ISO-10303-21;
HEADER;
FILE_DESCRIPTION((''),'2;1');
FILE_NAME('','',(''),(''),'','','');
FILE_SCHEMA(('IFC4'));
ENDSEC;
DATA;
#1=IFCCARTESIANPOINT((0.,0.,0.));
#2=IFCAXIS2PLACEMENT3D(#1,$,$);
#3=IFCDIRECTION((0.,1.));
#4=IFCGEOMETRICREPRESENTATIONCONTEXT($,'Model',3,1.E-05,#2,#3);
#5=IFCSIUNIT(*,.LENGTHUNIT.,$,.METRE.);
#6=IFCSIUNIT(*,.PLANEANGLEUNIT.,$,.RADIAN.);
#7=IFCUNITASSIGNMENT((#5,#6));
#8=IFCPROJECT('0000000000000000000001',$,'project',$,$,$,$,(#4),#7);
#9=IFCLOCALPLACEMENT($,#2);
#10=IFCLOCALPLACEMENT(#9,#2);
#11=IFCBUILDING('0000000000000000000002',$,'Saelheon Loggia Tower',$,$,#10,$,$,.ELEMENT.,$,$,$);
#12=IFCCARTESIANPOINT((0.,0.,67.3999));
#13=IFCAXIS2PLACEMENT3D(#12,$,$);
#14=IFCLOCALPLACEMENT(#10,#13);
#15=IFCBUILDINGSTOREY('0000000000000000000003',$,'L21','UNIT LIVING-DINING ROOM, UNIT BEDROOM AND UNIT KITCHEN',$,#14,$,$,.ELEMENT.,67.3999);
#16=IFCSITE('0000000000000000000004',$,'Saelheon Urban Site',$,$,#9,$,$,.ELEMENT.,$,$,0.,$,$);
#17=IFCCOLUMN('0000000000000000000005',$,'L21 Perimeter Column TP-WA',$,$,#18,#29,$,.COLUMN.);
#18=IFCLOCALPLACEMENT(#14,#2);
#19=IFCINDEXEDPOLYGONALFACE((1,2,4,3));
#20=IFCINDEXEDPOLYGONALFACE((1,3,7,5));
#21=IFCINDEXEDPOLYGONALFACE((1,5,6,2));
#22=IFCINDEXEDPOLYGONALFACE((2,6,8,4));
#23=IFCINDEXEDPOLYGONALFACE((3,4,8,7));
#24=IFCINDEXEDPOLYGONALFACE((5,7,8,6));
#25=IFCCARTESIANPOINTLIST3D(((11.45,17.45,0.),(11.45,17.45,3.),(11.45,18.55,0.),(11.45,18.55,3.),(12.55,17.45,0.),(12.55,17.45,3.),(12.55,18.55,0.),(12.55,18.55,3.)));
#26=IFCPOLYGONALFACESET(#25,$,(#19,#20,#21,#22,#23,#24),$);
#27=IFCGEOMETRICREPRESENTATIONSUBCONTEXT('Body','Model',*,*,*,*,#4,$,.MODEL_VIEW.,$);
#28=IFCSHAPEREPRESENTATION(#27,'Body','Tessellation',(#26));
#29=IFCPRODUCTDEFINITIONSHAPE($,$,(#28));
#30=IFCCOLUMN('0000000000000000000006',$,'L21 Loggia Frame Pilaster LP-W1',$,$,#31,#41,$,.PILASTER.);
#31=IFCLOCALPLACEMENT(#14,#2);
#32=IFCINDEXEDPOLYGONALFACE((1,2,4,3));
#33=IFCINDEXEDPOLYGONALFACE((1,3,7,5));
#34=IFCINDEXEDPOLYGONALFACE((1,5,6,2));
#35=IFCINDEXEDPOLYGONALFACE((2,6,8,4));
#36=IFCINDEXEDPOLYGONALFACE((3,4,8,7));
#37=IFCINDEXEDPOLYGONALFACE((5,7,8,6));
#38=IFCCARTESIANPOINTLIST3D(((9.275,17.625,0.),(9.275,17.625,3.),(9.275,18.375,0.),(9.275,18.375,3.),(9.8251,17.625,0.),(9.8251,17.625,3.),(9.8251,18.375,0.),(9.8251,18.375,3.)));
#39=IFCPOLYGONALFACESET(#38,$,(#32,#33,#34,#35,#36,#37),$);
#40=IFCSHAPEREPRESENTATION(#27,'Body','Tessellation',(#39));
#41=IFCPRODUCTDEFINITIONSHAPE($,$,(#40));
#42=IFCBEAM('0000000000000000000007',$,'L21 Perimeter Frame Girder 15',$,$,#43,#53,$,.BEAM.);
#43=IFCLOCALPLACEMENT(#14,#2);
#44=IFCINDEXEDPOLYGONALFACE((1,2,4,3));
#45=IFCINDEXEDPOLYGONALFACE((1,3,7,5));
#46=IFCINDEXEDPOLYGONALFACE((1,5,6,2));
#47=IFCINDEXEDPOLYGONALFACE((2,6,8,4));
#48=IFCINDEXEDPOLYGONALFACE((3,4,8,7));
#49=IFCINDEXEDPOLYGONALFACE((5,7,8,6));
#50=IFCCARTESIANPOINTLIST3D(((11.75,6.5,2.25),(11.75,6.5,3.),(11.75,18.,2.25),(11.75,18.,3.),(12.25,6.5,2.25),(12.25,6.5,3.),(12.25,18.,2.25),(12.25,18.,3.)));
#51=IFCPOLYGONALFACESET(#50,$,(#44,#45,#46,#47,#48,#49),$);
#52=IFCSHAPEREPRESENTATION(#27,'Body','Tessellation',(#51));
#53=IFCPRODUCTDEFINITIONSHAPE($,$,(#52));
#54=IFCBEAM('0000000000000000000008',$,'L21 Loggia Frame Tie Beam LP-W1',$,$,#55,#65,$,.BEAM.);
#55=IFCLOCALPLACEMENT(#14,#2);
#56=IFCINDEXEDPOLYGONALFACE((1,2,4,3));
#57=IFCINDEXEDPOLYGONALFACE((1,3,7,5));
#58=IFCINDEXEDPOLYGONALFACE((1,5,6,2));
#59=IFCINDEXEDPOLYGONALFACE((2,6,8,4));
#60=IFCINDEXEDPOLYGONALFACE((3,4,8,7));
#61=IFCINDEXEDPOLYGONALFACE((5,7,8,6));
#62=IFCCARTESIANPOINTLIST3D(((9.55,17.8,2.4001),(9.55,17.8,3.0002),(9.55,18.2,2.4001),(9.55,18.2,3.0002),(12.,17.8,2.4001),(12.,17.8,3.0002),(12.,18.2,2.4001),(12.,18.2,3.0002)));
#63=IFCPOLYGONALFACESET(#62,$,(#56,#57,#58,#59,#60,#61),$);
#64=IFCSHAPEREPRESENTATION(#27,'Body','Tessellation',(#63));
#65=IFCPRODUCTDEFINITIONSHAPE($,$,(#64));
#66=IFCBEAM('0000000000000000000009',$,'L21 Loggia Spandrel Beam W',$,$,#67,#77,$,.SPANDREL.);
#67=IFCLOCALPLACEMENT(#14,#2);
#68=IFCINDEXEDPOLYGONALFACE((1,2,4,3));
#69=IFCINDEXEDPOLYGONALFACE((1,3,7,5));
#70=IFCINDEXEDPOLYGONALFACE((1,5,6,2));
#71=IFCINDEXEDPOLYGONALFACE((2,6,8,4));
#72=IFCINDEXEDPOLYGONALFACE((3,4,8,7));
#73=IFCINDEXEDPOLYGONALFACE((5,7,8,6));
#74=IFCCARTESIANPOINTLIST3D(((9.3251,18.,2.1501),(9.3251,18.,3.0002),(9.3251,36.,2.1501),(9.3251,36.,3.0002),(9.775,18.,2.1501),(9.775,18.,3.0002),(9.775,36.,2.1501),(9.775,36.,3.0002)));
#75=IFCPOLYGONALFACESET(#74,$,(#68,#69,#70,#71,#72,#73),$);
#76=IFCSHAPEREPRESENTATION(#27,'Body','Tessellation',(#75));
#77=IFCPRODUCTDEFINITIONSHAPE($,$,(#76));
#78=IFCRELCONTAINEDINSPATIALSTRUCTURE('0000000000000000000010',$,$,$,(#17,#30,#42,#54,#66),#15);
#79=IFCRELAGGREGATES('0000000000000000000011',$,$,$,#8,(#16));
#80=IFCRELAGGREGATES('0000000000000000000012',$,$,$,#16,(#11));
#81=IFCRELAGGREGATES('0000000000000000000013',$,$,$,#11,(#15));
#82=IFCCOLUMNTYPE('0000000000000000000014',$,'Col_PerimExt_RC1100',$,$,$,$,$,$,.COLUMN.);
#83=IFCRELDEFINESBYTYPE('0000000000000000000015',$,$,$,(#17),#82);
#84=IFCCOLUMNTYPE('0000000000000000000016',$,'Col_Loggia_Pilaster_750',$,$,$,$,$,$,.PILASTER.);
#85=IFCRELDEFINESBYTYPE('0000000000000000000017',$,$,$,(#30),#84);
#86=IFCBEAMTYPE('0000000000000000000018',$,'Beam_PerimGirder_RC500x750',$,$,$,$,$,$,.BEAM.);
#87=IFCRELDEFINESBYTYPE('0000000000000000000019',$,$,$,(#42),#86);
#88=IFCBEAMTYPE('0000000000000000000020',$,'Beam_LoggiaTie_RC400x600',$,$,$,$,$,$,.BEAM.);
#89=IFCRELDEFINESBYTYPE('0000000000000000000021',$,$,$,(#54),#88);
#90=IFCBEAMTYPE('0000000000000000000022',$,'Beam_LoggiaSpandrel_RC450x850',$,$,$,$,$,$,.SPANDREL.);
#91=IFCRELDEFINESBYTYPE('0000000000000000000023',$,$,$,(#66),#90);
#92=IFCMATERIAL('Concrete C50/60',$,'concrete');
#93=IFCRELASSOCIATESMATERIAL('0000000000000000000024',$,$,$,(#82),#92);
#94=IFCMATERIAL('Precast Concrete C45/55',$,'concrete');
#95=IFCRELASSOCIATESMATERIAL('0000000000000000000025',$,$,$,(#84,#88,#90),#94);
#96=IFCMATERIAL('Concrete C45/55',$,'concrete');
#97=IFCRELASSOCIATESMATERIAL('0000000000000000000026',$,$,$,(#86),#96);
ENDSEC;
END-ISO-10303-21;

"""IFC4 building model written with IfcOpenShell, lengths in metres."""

from ifc_helpers import new_model, si_unit, direction, frame, origin, origin_2d, place, context, subcontext, project, spatial, rectangle, extrude, source, transform, mapped, material, material_profile, profile_set, type_object, element, save


model = new_model("IFC4")

# Units and contexts
model_context = context("Model", 3, precision=1e-05, world=origin(), true_north=direction((0.0, 1.0)))
body_context = subcontext(model_context, "Body", "Model", "MODEL_VIEW")
ifc_project = project(units=[si_unit("LENGTHUNIT", "METRE"), si_unit("PLANEANGLEUNIT", "RADIAN")], contexts=[model_context])

# Site, building, storey
site_placement = place(None, origin())
site = spatial("IfcSite", under=ifc_project, at=site_placement, Name="Saelheon Urban Site", CompositionType="ELEMENT", RefElevation=0.0)
building_placement = place(site_placement, origin())
building = spatial("IfcBuilding", under=site, at=building_placement, Name="Saelheon Loggia Tower", CompositionType="ELEMENT")
storey_placement = place(building_placement, frame((0.0, 0.0, 67.3999)))
storey = spatial("IfcBuildingStorey", under=building, at=storey_placement, Name="L21", Description="UNIT LIVING-DINING ROOM, UNIT BEDROOM AND UNIT KITCHEN", CompositionType="ELEMENT", Elevation=67.3999)

# Columns
ifc_material_1 = material(Name="Concrete C50/60", Category="concrete")
ifc_material_profile_1 = material_profile(ifc_material_1, rectangle(XDim=1.1001, YDim=1.1001, at=origin_2d()), Name="RC-1100x1100")
ifc_profile_set_1 = profile_set([ifc_material_profile_1], Name="Concrete C50/60")
column_type_1 = type_object("IfcColumnType", Name="Col_PerimExt_RC1100", PredefinedType="COLUMN", material=ifc_profile_set_1)
shared_shape_1 = source(origin(), body_context, "Body", "SweptSolid", [
    extrude(rectangle(XDim=1.1001, YDim=1.1001, at=origin_2d()), origin(), (0.0, 0.0, 1.0), 3.0),
])
column_1_placement = place(storey_placement, frame((12.0, 18.0, 0.0), z_axis=(0.0, 0.0, 1.0), x_axis=(1.0, 0.0, 0.0)))
element("IfcColumn", 1, at=column_1_placement, inside=storey, type_object=column_type_1, Name="L21 Perimeter Column TP-WA", PredefinedType="COLUMN", context=body_context, shape_type="MappedRepresentation", body=[
    mapped(shared_shape_1, transform((0.0, 0.0, 0.0), scale=1.0)),
])
ifc_material_2 = material(Name="Precast Concrete C45/55", Category="concrete")
ifc_material_profile_2 = material_profile(ifc_material_2, rectangle(XDim=0.55, YDim=0.75, at=origin_2d()), Name="RC-550x750")
ifc_profile_set_2 = profile_set([ifc_material_profile_2], Name="Precast Concrete C45/55")
column_type_2 = type_object("IfcColumnType", Name="Col_Loggia_Pilaster_750", PredefinedType="PILASTER", material=ifc_profile_set_2)
shared_shape_2 = source(origin(), body_context, "Body", "SweptSolid", [
    extrude(rectangle(XDim=0.55, YDim=0.75, at=origin_2d()), origin(), (0.0, 0.0, 1.0), 3.0),
])
column_2_placement = place(storey_placement, frame((9.55, 18.0, 0.0), z_axis=(0.0, 0.0, 1.0), x_axis=(1.0, 0.0, 0.0)))
element("IfcColumn", 2, at=column_2_placement, inside=storey, type_object=column_type_2, Name="L21 Loggia Frame Pilaster LP-W1", PredefinedType="PILASTER", context=body_context, shape_type="MappedRepresentation", body=[
    mapped(shared_shape_2, transform((0.0, 0.0, 0.0), scale=1.0)),
])

# Beams
ifc_material_3 = material(Name="Concrete C45/55", Category="concrete")
ifc_material_profile_3 = material_profile(ifc_material_3, rectangle(XDim=0.5, YDim=0.75, at=origin_2d()), Name="RC-500x750")
ifc_profile_set_3 = profile_set([ifc_material_profile_3], Name="Concrete C45/55")
beam_type_1 = type_object("IfcBeamType", Name="Beam_PerimGirder_RC500x750", PredefinedType="BEAM", material=ifc_profile_set_3)
shared_shape_3 = source(origin(), body_context, "Body", "SweptSolid", [
    extrude(rectangle(XDim=0.5, YDim=0.75, at=origin_2d()), origin(), (0.0, 0.0, 1.0), 11.5),
])
beam_1_placement = place(storey_placement, frame((12.0, 18.0, 2.625), z_axis=(0.0, -1.0, 0.0), x_axis=(1.0, 0.0, 0.0)))
element("IfcBeam", 3, at=beam_1_placement, inside=storey, type_object=beam_type_1, Name="L21 Perimeter Frame Girder 15", PredefinedType="BEAM", context=body_context, shape_type="MappedRepresentation", body=[
    mapped(shared_shape_3, transform((0.0, 0.0, 0.0), scale=1.0)),
])
ifc_material_profile_4 = material_profile(ifc_material_2, rectangle(XDim=0.3999, YDim=0.6001, at=origin_2d()), Name="RC-400x600")
ifc_profile_set_4 = profile_set([ifc_material_profile_4], Name="Precast Concrete C45/55")
beam_type_2 = type_object("IfcBeamType", Name="Beam_LoggiaTie_RC400x600", PredefinedType="BEAM", material=ifc_profile_set_4)
shared_shape_4 = source(origin(), body_context, "Body", "SweptSolid", [
    extrude(rectangle(XDim=0.3999, YDim=0.6001, at=origin_2d()), origin(), (0.0, 0.0, 1.0), 2.45),
])
beam_2_placement = place(storey_placement, frame((12.0, 18.0, 2.7002), z_axis=(-1.0, 0.0, 0.0), x_axis=(0.0, -1.0, 0.0)))
element("IfcBeam", 4, at=beam_2_placement, inside=storey, type_object=beam_type_2, Name="L21 Loggia Frame Tie Beam LP-W1", PredefinedType="BEAM", context=body_context, shape_type="MappedRepresentation", body=[
    mapped(shared_shape_4, transform((0.0, 0.0, 0.0), scale=1.0)),
])
ifc_material_profile_5 = material_profile(ifc_material_2, rectangle(XDim=0.45, YDim=0.8501, at=origin_2d()), Name="RC-450x850")
ifc_profile_set_5 = profile_set([ifc_material_profile_5], Name="Precast Concrete C45/55")
beam_type_3 = type_object("IfcBeamType", Name="Beam_LoggiaSpandrel_RC450x850", PredefinedType="SPANDREL", material=ifc_profile_set_5)
shared_shape_5 = source(origin(), body_context, "Body", "SweptSolid", [
    extrude(rectangle(XDim=0.45, YDim=0.8501, at=origin_2d()), origin(), (0.0, 0.0, 1.0), 18.0),
])
beam_3_placement = place(storey_placement, frame((9.55, 18.0, 2.5752), z_axis=(0.0, 1.0, 0.0), x_axis=(-1.0, 0.0, 0.0)))
element("IfcBeam", 5, at=beam_3_placement, inside=storey, type_object=beam_type_3, Name="L21 Loggia Spandrel Beam W", PredefinedType="SPANDREL", context=body_context, shape_type="MappedRepresentation", body=[
    mapped(shared_shape_5, transform((0.0, 0.0, 0.0), scale=1.0)),
])

save(model, "model.ifc")
